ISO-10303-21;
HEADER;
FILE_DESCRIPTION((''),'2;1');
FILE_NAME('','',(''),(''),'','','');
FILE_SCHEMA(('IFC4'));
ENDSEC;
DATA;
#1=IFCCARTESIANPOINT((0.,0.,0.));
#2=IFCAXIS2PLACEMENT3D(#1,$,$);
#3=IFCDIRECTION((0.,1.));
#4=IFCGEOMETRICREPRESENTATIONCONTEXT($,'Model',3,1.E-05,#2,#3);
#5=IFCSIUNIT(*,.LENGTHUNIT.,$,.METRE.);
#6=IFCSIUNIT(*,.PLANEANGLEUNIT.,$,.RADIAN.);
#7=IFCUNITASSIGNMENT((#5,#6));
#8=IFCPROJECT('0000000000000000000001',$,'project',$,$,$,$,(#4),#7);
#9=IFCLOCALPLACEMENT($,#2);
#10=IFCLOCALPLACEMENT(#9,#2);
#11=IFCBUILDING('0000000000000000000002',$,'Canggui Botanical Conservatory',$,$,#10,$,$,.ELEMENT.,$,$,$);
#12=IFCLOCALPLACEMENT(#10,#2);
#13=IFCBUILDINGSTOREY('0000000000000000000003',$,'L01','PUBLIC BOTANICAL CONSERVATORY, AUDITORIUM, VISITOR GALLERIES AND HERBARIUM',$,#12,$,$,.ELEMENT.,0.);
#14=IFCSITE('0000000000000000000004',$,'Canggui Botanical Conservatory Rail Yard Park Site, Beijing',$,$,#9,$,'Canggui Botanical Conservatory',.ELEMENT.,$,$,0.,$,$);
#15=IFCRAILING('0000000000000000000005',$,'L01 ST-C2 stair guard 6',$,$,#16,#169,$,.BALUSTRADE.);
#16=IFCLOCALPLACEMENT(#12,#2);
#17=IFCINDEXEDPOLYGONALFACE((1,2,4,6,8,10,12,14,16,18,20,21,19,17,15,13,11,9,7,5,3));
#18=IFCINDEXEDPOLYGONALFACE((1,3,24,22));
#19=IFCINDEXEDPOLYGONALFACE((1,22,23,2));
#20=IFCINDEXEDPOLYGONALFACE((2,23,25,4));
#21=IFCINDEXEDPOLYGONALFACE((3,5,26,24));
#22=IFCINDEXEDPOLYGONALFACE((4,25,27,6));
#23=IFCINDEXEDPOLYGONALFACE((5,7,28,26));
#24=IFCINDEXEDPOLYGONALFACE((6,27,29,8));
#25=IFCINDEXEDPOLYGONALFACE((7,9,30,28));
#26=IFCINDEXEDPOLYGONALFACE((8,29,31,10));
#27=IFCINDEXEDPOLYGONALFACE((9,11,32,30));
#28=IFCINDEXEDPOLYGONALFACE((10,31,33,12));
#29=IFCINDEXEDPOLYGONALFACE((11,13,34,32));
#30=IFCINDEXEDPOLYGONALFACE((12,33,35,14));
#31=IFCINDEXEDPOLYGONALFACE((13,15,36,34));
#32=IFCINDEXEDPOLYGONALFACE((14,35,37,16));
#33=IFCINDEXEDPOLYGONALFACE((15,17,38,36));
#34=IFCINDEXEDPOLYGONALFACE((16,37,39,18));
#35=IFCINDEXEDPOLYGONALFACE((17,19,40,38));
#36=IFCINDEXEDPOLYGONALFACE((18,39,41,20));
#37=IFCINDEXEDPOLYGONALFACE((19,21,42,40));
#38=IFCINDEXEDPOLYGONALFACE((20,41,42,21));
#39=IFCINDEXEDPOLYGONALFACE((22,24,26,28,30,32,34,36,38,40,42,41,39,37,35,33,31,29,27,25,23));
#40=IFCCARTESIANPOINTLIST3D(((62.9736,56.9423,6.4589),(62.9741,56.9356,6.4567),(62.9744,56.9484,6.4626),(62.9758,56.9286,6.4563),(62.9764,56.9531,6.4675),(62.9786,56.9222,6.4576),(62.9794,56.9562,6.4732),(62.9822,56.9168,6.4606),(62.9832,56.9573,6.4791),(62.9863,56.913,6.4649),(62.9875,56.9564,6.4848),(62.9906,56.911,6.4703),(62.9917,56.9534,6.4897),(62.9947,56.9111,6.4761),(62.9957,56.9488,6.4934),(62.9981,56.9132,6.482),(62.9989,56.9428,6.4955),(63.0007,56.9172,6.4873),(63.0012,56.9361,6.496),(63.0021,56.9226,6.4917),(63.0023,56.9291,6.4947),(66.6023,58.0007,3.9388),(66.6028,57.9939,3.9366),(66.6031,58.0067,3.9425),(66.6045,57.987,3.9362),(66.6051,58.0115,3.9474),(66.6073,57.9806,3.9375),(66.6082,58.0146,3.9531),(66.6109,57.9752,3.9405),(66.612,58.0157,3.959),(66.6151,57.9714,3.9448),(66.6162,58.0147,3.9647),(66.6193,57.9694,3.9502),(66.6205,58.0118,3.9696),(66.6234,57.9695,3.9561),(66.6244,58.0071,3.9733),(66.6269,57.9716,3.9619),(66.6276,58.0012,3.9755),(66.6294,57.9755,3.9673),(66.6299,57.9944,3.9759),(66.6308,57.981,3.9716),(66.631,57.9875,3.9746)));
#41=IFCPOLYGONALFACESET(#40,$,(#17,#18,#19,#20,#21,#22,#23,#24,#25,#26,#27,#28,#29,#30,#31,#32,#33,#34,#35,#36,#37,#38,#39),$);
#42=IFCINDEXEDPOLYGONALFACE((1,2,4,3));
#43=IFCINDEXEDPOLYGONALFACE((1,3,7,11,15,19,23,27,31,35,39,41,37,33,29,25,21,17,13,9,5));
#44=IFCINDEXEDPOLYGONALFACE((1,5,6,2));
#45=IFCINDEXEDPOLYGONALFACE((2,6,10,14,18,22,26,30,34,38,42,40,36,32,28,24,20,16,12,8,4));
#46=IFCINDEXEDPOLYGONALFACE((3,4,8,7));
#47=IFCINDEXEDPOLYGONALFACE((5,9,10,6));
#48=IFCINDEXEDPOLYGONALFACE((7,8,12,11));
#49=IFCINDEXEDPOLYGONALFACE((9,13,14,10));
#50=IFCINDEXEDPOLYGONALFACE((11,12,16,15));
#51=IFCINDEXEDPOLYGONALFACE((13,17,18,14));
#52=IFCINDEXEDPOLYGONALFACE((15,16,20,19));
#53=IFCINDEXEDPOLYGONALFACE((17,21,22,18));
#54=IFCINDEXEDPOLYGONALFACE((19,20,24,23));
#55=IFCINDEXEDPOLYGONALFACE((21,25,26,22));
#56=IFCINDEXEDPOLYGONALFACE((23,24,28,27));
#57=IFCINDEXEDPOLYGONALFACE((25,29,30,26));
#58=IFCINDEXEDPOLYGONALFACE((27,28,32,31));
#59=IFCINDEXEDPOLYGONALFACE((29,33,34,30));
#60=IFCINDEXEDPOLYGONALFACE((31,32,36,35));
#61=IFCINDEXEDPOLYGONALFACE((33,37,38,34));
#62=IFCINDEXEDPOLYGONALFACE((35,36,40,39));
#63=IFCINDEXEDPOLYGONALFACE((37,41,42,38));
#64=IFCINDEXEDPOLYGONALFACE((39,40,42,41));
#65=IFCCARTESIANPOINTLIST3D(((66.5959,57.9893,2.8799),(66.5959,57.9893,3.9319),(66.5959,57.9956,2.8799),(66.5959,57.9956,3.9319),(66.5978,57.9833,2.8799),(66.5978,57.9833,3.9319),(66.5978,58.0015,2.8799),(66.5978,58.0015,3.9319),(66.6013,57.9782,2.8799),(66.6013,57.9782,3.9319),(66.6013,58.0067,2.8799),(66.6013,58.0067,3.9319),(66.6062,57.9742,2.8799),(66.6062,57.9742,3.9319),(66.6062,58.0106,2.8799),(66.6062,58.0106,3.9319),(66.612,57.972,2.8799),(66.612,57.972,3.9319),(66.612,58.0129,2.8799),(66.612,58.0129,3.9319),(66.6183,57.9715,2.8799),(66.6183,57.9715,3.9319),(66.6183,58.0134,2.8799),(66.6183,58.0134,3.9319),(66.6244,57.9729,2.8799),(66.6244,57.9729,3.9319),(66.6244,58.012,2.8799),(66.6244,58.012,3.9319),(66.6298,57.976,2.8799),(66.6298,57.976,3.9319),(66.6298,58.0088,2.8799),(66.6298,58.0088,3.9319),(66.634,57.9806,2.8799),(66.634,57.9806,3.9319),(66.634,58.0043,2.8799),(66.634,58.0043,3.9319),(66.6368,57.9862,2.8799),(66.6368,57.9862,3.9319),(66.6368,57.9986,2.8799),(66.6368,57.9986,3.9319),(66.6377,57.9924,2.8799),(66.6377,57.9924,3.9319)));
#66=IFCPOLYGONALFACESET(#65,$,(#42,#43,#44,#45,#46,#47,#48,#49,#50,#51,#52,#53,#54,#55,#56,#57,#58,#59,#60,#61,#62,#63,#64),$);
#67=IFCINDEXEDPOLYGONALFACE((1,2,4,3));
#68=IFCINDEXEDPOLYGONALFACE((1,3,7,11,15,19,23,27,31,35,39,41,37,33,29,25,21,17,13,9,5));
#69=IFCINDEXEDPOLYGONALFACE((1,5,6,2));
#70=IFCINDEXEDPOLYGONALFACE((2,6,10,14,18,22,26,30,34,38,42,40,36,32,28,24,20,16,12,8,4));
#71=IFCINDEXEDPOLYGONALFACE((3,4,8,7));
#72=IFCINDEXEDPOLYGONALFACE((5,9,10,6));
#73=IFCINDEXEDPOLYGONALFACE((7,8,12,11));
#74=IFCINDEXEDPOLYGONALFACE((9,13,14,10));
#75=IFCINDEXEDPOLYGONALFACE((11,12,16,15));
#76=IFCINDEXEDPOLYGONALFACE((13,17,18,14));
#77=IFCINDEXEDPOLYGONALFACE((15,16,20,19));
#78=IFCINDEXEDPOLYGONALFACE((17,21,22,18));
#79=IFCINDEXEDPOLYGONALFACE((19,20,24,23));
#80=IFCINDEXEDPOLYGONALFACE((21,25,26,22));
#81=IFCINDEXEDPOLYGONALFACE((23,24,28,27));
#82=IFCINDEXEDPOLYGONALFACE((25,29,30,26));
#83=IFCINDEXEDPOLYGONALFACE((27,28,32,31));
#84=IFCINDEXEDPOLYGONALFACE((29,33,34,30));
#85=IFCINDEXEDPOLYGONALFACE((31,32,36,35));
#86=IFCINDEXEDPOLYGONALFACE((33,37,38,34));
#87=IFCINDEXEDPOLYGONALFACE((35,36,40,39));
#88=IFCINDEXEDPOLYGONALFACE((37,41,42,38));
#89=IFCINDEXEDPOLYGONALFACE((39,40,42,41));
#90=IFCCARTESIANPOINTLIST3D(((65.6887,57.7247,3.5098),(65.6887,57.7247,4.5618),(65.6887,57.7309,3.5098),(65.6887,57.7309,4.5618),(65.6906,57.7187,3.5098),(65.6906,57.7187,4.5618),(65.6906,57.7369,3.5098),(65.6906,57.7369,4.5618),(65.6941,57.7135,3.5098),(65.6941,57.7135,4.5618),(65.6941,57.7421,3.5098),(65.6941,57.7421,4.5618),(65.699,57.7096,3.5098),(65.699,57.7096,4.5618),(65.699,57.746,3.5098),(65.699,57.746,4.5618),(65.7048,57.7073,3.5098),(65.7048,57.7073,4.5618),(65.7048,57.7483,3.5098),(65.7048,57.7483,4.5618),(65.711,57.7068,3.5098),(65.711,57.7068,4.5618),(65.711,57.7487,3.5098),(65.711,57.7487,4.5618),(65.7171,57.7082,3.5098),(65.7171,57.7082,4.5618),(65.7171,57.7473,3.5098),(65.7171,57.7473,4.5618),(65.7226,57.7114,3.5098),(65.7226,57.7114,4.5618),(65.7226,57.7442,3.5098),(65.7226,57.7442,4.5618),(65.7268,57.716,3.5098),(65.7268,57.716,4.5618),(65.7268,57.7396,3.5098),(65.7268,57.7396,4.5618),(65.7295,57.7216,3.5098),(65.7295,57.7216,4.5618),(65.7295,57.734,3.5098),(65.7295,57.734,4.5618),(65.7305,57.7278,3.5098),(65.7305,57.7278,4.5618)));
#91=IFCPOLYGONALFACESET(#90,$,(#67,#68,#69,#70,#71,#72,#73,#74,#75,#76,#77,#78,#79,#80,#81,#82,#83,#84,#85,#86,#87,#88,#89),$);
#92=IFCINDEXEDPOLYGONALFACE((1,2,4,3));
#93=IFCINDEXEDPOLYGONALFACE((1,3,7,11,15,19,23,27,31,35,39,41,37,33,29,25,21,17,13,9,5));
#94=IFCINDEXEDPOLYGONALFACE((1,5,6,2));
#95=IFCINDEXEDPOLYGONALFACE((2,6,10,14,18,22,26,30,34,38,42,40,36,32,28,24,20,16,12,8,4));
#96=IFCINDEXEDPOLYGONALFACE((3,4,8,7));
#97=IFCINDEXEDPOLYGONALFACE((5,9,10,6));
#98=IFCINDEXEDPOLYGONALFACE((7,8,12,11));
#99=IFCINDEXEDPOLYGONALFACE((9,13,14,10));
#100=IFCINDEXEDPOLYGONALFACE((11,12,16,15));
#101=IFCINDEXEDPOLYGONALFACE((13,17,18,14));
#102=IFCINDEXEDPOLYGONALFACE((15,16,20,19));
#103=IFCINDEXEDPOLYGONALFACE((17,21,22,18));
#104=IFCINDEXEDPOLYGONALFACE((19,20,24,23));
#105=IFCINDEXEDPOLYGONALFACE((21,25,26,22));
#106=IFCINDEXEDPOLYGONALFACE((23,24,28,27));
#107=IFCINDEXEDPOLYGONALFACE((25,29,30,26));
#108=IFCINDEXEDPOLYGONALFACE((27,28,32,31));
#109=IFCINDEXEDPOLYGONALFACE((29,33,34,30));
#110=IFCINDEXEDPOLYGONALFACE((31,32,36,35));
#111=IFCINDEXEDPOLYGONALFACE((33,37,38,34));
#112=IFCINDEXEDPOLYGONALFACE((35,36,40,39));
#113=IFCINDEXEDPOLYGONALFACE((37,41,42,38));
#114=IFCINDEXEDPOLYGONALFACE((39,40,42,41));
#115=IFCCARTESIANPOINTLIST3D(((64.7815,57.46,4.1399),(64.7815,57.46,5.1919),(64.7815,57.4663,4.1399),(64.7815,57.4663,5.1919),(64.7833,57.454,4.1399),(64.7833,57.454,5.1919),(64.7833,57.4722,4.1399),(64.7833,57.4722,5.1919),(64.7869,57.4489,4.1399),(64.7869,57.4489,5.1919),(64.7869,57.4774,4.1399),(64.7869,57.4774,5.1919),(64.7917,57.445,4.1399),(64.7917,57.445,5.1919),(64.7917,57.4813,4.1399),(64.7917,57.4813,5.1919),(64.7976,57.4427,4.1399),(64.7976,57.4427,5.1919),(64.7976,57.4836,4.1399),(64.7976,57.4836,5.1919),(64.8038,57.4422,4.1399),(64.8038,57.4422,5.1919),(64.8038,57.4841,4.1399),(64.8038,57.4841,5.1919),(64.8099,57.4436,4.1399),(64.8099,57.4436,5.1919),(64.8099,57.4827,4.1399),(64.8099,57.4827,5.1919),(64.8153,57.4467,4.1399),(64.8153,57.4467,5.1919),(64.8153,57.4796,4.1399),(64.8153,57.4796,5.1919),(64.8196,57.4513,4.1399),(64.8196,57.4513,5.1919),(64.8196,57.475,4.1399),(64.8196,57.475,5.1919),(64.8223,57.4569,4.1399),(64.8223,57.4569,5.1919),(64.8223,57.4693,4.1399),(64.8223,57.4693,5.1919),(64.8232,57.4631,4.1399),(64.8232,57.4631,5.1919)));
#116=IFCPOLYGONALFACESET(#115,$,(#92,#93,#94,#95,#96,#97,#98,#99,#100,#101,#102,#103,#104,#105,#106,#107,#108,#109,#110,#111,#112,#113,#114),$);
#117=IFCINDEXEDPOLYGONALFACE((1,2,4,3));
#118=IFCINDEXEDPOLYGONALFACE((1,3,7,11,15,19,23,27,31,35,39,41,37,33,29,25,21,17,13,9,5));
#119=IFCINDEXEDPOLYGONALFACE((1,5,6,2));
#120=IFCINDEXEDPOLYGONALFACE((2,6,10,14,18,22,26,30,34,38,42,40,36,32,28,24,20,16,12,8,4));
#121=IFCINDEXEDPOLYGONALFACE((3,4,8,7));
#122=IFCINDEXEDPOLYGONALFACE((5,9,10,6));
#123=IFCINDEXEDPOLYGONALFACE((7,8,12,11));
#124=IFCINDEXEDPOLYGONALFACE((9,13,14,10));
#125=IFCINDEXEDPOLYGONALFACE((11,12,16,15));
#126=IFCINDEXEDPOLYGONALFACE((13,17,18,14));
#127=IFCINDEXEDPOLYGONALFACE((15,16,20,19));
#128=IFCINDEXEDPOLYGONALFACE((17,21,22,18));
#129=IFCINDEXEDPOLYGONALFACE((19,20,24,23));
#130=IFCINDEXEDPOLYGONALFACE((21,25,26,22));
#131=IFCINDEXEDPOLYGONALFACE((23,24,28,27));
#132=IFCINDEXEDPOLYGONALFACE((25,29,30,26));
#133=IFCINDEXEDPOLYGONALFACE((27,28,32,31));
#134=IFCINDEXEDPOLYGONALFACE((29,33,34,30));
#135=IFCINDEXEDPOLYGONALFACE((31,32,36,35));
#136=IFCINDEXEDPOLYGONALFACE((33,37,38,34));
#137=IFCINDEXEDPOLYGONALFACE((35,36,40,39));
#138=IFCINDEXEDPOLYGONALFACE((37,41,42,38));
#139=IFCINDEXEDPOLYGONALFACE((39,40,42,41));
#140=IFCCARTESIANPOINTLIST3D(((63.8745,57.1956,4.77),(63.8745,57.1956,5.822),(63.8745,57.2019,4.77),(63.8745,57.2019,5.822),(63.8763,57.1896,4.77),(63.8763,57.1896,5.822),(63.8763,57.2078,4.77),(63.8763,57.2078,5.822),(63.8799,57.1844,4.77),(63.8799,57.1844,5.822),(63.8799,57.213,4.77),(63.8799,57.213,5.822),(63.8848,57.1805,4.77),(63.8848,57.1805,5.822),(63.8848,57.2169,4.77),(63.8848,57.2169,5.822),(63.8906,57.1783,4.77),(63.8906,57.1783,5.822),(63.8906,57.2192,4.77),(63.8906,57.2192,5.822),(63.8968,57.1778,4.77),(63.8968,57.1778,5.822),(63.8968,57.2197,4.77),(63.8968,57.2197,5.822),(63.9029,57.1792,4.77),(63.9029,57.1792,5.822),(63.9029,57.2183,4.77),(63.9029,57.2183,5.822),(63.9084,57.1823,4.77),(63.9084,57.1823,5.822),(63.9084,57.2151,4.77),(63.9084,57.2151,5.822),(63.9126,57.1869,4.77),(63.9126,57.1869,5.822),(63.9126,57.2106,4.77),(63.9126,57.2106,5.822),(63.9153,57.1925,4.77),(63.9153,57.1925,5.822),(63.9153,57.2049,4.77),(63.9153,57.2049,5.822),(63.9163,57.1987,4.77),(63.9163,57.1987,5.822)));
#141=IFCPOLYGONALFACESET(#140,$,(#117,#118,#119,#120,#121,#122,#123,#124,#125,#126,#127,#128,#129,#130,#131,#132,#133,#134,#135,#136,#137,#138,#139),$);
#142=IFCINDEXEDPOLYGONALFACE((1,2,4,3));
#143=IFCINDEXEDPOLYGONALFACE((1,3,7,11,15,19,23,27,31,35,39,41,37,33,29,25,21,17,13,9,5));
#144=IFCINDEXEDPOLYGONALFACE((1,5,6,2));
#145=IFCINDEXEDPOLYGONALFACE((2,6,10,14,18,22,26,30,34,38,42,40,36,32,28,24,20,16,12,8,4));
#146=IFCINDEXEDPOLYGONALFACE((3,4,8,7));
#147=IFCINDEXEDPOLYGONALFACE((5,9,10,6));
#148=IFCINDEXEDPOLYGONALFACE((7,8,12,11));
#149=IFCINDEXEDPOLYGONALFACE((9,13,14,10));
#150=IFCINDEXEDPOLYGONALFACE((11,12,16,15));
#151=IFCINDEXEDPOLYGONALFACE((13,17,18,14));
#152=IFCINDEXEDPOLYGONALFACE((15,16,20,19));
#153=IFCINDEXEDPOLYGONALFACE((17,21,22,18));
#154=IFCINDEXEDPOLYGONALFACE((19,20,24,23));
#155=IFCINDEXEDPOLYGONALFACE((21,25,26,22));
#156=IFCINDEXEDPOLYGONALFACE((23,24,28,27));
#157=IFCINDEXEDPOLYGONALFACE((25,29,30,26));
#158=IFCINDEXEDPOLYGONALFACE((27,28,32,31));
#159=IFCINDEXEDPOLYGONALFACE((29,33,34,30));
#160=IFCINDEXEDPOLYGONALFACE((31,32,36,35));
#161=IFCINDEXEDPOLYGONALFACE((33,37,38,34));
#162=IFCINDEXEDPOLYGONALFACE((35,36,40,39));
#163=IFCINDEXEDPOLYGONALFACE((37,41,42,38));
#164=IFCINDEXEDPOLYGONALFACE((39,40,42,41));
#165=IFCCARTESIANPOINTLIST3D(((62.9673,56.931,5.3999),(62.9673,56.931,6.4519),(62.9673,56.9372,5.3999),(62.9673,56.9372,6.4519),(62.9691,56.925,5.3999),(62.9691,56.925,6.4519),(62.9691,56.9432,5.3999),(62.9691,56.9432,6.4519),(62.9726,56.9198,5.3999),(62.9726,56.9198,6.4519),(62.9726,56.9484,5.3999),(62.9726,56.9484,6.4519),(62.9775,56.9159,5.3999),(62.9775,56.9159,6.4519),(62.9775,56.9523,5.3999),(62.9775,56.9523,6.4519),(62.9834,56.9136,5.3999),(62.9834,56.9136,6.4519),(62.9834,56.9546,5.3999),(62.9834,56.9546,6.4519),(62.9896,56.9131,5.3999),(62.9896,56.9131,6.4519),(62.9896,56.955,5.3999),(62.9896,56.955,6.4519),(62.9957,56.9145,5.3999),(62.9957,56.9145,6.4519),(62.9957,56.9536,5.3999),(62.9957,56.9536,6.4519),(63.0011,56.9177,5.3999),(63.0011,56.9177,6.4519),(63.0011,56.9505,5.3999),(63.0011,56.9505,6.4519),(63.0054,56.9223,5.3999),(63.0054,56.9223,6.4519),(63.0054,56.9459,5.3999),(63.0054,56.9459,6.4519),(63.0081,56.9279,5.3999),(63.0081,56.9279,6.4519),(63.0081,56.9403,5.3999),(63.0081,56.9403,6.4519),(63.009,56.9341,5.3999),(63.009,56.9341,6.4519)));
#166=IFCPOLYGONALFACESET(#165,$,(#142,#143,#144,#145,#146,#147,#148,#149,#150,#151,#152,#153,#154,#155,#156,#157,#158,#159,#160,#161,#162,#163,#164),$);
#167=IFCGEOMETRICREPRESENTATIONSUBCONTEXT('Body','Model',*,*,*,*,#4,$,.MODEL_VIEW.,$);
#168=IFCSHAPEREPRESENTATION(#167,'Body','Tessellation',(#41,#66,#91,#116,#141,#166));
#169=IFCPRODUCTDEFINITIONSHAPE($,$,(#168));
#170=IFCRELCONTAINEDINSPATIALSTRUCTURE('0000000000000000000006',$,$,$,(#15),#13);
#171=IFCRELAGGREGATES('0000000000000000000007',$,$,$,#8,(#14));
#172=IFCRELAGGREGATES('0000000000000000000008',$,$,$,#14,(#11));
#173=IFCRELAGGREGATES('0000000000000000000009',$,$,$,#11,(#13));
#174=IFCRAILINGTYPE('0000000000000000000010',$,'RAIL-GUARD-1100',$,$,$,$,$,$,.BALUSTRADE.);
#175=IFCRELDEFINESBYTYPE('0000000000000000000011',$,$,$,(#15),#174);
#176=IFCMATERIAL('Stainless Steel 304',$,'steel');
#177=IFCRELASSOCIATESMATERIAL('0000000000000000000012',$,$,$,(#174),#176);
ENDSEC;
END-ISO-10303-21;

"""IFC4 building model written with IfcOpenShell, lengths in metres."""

from ifc_helpers import new_model, si_unit, direction, frame, origin, origin_2d, place, context, subcontext, project, spatial, circle, extrude, material, type_object, element, save


model = new_model("IFC4")

# Units and contexts
model_context = context("Model", 3, precision=1e-05, world=origin(), true_north=direction((0.0, 1.0)))
body_context = subcontext(model_context, "Body", "Model", "MODEL_VIEW")
ifc_project = project(units=[si_unit("LENGTHUNIT", "METRE"), si_unit("PLANEANGLEUNIT", "RADIAN")], contexts=[model_context])

# Site, building, storey
site_placement = place(None, origin())
site = spatial("IfcSite", under=ifc_project, at=site_placement, Name="Canggui Botanical Conservatory Rail Yard Park Site, Beijing", LongName="Canggui Botanical Conservatory", CompositionType="ELEMENT", RefElevation=0.0)
building_placement = place(site_placement, origin())
building = spatial("IfcBuilding", under=site, at=building_placement, Name="Canggui Botanical Conservatory", CompositionType="ELEMENT")
storey_placement = place(building_placement, origin())
storey = spatial("IfcBuildingStorey", under=building, at=storey_placement, Name="L01", Description="PUBLIC BOTANICAL CONSERVATORY, AUDITORIUM, VISITOR GALLERIES AND HERBARIUM", CompositionType="ELEMENT", Elevation=0.0)

# Railing
ifc_material_1 = material(Name="Stainless Steel 304", Category="steel")
railing_type_1 = type_object("IfcRailingType", Name="RAIL-GUARD-1100", PredefinedType="BALUSTRADE", material=ifc_material_1)
railing_1_placement = place(storey_placement, frame((66.6167, 57.9924, 2.8799)))
element("IfcRailing", 1, at=railing_1_placement, inside=storey, type_object=railing_type_1, Name="L01 ST-C2 stair guard 6", PredefinedType="BALUSTRADE", context=body_context, shape_type="SweptSolid", body=[
    extrude(circle(Radius=0.0239, at=origin_2d()), frame((0.0, 0.0, 1.0762), z_axis=(-0.798757, -0.232969, 0.554718), x_axis=(0.279998, -0.960001, 0.0)), (0.0, 0.0, 1.0), 4.543),
    extrude(circle(Radius=0.021, at=origin_2d()), origin(), (0.0, 0.0, 1.0), 1.052),
    extrude(circle(Radius=0.021, at=origin_2d()), frame((-0.9072, -0.2646, 0.6299)), (0.0, 0.0, 1.0), 1.052),
    extrude(circle(Radius=0.021, at=origin_2d()), frame((-1.8145, -0.5293, 1.26)), (0.0, 0.0, 1.0), 1.052),
    extrude(circle(Radius=0.021, at=origin_2d()), frame((-2.7214, -0.7937, 1.8901)), (0.0, 0.0, 1.0), 1.052),
    extrude(circle(Radius=0.021, at=origin_2d()), frame((-3.6287, -1.0583, 2.52)), (0.0, 0.0, 1.0), 1.052),
])

save(model, "model.ifc")
